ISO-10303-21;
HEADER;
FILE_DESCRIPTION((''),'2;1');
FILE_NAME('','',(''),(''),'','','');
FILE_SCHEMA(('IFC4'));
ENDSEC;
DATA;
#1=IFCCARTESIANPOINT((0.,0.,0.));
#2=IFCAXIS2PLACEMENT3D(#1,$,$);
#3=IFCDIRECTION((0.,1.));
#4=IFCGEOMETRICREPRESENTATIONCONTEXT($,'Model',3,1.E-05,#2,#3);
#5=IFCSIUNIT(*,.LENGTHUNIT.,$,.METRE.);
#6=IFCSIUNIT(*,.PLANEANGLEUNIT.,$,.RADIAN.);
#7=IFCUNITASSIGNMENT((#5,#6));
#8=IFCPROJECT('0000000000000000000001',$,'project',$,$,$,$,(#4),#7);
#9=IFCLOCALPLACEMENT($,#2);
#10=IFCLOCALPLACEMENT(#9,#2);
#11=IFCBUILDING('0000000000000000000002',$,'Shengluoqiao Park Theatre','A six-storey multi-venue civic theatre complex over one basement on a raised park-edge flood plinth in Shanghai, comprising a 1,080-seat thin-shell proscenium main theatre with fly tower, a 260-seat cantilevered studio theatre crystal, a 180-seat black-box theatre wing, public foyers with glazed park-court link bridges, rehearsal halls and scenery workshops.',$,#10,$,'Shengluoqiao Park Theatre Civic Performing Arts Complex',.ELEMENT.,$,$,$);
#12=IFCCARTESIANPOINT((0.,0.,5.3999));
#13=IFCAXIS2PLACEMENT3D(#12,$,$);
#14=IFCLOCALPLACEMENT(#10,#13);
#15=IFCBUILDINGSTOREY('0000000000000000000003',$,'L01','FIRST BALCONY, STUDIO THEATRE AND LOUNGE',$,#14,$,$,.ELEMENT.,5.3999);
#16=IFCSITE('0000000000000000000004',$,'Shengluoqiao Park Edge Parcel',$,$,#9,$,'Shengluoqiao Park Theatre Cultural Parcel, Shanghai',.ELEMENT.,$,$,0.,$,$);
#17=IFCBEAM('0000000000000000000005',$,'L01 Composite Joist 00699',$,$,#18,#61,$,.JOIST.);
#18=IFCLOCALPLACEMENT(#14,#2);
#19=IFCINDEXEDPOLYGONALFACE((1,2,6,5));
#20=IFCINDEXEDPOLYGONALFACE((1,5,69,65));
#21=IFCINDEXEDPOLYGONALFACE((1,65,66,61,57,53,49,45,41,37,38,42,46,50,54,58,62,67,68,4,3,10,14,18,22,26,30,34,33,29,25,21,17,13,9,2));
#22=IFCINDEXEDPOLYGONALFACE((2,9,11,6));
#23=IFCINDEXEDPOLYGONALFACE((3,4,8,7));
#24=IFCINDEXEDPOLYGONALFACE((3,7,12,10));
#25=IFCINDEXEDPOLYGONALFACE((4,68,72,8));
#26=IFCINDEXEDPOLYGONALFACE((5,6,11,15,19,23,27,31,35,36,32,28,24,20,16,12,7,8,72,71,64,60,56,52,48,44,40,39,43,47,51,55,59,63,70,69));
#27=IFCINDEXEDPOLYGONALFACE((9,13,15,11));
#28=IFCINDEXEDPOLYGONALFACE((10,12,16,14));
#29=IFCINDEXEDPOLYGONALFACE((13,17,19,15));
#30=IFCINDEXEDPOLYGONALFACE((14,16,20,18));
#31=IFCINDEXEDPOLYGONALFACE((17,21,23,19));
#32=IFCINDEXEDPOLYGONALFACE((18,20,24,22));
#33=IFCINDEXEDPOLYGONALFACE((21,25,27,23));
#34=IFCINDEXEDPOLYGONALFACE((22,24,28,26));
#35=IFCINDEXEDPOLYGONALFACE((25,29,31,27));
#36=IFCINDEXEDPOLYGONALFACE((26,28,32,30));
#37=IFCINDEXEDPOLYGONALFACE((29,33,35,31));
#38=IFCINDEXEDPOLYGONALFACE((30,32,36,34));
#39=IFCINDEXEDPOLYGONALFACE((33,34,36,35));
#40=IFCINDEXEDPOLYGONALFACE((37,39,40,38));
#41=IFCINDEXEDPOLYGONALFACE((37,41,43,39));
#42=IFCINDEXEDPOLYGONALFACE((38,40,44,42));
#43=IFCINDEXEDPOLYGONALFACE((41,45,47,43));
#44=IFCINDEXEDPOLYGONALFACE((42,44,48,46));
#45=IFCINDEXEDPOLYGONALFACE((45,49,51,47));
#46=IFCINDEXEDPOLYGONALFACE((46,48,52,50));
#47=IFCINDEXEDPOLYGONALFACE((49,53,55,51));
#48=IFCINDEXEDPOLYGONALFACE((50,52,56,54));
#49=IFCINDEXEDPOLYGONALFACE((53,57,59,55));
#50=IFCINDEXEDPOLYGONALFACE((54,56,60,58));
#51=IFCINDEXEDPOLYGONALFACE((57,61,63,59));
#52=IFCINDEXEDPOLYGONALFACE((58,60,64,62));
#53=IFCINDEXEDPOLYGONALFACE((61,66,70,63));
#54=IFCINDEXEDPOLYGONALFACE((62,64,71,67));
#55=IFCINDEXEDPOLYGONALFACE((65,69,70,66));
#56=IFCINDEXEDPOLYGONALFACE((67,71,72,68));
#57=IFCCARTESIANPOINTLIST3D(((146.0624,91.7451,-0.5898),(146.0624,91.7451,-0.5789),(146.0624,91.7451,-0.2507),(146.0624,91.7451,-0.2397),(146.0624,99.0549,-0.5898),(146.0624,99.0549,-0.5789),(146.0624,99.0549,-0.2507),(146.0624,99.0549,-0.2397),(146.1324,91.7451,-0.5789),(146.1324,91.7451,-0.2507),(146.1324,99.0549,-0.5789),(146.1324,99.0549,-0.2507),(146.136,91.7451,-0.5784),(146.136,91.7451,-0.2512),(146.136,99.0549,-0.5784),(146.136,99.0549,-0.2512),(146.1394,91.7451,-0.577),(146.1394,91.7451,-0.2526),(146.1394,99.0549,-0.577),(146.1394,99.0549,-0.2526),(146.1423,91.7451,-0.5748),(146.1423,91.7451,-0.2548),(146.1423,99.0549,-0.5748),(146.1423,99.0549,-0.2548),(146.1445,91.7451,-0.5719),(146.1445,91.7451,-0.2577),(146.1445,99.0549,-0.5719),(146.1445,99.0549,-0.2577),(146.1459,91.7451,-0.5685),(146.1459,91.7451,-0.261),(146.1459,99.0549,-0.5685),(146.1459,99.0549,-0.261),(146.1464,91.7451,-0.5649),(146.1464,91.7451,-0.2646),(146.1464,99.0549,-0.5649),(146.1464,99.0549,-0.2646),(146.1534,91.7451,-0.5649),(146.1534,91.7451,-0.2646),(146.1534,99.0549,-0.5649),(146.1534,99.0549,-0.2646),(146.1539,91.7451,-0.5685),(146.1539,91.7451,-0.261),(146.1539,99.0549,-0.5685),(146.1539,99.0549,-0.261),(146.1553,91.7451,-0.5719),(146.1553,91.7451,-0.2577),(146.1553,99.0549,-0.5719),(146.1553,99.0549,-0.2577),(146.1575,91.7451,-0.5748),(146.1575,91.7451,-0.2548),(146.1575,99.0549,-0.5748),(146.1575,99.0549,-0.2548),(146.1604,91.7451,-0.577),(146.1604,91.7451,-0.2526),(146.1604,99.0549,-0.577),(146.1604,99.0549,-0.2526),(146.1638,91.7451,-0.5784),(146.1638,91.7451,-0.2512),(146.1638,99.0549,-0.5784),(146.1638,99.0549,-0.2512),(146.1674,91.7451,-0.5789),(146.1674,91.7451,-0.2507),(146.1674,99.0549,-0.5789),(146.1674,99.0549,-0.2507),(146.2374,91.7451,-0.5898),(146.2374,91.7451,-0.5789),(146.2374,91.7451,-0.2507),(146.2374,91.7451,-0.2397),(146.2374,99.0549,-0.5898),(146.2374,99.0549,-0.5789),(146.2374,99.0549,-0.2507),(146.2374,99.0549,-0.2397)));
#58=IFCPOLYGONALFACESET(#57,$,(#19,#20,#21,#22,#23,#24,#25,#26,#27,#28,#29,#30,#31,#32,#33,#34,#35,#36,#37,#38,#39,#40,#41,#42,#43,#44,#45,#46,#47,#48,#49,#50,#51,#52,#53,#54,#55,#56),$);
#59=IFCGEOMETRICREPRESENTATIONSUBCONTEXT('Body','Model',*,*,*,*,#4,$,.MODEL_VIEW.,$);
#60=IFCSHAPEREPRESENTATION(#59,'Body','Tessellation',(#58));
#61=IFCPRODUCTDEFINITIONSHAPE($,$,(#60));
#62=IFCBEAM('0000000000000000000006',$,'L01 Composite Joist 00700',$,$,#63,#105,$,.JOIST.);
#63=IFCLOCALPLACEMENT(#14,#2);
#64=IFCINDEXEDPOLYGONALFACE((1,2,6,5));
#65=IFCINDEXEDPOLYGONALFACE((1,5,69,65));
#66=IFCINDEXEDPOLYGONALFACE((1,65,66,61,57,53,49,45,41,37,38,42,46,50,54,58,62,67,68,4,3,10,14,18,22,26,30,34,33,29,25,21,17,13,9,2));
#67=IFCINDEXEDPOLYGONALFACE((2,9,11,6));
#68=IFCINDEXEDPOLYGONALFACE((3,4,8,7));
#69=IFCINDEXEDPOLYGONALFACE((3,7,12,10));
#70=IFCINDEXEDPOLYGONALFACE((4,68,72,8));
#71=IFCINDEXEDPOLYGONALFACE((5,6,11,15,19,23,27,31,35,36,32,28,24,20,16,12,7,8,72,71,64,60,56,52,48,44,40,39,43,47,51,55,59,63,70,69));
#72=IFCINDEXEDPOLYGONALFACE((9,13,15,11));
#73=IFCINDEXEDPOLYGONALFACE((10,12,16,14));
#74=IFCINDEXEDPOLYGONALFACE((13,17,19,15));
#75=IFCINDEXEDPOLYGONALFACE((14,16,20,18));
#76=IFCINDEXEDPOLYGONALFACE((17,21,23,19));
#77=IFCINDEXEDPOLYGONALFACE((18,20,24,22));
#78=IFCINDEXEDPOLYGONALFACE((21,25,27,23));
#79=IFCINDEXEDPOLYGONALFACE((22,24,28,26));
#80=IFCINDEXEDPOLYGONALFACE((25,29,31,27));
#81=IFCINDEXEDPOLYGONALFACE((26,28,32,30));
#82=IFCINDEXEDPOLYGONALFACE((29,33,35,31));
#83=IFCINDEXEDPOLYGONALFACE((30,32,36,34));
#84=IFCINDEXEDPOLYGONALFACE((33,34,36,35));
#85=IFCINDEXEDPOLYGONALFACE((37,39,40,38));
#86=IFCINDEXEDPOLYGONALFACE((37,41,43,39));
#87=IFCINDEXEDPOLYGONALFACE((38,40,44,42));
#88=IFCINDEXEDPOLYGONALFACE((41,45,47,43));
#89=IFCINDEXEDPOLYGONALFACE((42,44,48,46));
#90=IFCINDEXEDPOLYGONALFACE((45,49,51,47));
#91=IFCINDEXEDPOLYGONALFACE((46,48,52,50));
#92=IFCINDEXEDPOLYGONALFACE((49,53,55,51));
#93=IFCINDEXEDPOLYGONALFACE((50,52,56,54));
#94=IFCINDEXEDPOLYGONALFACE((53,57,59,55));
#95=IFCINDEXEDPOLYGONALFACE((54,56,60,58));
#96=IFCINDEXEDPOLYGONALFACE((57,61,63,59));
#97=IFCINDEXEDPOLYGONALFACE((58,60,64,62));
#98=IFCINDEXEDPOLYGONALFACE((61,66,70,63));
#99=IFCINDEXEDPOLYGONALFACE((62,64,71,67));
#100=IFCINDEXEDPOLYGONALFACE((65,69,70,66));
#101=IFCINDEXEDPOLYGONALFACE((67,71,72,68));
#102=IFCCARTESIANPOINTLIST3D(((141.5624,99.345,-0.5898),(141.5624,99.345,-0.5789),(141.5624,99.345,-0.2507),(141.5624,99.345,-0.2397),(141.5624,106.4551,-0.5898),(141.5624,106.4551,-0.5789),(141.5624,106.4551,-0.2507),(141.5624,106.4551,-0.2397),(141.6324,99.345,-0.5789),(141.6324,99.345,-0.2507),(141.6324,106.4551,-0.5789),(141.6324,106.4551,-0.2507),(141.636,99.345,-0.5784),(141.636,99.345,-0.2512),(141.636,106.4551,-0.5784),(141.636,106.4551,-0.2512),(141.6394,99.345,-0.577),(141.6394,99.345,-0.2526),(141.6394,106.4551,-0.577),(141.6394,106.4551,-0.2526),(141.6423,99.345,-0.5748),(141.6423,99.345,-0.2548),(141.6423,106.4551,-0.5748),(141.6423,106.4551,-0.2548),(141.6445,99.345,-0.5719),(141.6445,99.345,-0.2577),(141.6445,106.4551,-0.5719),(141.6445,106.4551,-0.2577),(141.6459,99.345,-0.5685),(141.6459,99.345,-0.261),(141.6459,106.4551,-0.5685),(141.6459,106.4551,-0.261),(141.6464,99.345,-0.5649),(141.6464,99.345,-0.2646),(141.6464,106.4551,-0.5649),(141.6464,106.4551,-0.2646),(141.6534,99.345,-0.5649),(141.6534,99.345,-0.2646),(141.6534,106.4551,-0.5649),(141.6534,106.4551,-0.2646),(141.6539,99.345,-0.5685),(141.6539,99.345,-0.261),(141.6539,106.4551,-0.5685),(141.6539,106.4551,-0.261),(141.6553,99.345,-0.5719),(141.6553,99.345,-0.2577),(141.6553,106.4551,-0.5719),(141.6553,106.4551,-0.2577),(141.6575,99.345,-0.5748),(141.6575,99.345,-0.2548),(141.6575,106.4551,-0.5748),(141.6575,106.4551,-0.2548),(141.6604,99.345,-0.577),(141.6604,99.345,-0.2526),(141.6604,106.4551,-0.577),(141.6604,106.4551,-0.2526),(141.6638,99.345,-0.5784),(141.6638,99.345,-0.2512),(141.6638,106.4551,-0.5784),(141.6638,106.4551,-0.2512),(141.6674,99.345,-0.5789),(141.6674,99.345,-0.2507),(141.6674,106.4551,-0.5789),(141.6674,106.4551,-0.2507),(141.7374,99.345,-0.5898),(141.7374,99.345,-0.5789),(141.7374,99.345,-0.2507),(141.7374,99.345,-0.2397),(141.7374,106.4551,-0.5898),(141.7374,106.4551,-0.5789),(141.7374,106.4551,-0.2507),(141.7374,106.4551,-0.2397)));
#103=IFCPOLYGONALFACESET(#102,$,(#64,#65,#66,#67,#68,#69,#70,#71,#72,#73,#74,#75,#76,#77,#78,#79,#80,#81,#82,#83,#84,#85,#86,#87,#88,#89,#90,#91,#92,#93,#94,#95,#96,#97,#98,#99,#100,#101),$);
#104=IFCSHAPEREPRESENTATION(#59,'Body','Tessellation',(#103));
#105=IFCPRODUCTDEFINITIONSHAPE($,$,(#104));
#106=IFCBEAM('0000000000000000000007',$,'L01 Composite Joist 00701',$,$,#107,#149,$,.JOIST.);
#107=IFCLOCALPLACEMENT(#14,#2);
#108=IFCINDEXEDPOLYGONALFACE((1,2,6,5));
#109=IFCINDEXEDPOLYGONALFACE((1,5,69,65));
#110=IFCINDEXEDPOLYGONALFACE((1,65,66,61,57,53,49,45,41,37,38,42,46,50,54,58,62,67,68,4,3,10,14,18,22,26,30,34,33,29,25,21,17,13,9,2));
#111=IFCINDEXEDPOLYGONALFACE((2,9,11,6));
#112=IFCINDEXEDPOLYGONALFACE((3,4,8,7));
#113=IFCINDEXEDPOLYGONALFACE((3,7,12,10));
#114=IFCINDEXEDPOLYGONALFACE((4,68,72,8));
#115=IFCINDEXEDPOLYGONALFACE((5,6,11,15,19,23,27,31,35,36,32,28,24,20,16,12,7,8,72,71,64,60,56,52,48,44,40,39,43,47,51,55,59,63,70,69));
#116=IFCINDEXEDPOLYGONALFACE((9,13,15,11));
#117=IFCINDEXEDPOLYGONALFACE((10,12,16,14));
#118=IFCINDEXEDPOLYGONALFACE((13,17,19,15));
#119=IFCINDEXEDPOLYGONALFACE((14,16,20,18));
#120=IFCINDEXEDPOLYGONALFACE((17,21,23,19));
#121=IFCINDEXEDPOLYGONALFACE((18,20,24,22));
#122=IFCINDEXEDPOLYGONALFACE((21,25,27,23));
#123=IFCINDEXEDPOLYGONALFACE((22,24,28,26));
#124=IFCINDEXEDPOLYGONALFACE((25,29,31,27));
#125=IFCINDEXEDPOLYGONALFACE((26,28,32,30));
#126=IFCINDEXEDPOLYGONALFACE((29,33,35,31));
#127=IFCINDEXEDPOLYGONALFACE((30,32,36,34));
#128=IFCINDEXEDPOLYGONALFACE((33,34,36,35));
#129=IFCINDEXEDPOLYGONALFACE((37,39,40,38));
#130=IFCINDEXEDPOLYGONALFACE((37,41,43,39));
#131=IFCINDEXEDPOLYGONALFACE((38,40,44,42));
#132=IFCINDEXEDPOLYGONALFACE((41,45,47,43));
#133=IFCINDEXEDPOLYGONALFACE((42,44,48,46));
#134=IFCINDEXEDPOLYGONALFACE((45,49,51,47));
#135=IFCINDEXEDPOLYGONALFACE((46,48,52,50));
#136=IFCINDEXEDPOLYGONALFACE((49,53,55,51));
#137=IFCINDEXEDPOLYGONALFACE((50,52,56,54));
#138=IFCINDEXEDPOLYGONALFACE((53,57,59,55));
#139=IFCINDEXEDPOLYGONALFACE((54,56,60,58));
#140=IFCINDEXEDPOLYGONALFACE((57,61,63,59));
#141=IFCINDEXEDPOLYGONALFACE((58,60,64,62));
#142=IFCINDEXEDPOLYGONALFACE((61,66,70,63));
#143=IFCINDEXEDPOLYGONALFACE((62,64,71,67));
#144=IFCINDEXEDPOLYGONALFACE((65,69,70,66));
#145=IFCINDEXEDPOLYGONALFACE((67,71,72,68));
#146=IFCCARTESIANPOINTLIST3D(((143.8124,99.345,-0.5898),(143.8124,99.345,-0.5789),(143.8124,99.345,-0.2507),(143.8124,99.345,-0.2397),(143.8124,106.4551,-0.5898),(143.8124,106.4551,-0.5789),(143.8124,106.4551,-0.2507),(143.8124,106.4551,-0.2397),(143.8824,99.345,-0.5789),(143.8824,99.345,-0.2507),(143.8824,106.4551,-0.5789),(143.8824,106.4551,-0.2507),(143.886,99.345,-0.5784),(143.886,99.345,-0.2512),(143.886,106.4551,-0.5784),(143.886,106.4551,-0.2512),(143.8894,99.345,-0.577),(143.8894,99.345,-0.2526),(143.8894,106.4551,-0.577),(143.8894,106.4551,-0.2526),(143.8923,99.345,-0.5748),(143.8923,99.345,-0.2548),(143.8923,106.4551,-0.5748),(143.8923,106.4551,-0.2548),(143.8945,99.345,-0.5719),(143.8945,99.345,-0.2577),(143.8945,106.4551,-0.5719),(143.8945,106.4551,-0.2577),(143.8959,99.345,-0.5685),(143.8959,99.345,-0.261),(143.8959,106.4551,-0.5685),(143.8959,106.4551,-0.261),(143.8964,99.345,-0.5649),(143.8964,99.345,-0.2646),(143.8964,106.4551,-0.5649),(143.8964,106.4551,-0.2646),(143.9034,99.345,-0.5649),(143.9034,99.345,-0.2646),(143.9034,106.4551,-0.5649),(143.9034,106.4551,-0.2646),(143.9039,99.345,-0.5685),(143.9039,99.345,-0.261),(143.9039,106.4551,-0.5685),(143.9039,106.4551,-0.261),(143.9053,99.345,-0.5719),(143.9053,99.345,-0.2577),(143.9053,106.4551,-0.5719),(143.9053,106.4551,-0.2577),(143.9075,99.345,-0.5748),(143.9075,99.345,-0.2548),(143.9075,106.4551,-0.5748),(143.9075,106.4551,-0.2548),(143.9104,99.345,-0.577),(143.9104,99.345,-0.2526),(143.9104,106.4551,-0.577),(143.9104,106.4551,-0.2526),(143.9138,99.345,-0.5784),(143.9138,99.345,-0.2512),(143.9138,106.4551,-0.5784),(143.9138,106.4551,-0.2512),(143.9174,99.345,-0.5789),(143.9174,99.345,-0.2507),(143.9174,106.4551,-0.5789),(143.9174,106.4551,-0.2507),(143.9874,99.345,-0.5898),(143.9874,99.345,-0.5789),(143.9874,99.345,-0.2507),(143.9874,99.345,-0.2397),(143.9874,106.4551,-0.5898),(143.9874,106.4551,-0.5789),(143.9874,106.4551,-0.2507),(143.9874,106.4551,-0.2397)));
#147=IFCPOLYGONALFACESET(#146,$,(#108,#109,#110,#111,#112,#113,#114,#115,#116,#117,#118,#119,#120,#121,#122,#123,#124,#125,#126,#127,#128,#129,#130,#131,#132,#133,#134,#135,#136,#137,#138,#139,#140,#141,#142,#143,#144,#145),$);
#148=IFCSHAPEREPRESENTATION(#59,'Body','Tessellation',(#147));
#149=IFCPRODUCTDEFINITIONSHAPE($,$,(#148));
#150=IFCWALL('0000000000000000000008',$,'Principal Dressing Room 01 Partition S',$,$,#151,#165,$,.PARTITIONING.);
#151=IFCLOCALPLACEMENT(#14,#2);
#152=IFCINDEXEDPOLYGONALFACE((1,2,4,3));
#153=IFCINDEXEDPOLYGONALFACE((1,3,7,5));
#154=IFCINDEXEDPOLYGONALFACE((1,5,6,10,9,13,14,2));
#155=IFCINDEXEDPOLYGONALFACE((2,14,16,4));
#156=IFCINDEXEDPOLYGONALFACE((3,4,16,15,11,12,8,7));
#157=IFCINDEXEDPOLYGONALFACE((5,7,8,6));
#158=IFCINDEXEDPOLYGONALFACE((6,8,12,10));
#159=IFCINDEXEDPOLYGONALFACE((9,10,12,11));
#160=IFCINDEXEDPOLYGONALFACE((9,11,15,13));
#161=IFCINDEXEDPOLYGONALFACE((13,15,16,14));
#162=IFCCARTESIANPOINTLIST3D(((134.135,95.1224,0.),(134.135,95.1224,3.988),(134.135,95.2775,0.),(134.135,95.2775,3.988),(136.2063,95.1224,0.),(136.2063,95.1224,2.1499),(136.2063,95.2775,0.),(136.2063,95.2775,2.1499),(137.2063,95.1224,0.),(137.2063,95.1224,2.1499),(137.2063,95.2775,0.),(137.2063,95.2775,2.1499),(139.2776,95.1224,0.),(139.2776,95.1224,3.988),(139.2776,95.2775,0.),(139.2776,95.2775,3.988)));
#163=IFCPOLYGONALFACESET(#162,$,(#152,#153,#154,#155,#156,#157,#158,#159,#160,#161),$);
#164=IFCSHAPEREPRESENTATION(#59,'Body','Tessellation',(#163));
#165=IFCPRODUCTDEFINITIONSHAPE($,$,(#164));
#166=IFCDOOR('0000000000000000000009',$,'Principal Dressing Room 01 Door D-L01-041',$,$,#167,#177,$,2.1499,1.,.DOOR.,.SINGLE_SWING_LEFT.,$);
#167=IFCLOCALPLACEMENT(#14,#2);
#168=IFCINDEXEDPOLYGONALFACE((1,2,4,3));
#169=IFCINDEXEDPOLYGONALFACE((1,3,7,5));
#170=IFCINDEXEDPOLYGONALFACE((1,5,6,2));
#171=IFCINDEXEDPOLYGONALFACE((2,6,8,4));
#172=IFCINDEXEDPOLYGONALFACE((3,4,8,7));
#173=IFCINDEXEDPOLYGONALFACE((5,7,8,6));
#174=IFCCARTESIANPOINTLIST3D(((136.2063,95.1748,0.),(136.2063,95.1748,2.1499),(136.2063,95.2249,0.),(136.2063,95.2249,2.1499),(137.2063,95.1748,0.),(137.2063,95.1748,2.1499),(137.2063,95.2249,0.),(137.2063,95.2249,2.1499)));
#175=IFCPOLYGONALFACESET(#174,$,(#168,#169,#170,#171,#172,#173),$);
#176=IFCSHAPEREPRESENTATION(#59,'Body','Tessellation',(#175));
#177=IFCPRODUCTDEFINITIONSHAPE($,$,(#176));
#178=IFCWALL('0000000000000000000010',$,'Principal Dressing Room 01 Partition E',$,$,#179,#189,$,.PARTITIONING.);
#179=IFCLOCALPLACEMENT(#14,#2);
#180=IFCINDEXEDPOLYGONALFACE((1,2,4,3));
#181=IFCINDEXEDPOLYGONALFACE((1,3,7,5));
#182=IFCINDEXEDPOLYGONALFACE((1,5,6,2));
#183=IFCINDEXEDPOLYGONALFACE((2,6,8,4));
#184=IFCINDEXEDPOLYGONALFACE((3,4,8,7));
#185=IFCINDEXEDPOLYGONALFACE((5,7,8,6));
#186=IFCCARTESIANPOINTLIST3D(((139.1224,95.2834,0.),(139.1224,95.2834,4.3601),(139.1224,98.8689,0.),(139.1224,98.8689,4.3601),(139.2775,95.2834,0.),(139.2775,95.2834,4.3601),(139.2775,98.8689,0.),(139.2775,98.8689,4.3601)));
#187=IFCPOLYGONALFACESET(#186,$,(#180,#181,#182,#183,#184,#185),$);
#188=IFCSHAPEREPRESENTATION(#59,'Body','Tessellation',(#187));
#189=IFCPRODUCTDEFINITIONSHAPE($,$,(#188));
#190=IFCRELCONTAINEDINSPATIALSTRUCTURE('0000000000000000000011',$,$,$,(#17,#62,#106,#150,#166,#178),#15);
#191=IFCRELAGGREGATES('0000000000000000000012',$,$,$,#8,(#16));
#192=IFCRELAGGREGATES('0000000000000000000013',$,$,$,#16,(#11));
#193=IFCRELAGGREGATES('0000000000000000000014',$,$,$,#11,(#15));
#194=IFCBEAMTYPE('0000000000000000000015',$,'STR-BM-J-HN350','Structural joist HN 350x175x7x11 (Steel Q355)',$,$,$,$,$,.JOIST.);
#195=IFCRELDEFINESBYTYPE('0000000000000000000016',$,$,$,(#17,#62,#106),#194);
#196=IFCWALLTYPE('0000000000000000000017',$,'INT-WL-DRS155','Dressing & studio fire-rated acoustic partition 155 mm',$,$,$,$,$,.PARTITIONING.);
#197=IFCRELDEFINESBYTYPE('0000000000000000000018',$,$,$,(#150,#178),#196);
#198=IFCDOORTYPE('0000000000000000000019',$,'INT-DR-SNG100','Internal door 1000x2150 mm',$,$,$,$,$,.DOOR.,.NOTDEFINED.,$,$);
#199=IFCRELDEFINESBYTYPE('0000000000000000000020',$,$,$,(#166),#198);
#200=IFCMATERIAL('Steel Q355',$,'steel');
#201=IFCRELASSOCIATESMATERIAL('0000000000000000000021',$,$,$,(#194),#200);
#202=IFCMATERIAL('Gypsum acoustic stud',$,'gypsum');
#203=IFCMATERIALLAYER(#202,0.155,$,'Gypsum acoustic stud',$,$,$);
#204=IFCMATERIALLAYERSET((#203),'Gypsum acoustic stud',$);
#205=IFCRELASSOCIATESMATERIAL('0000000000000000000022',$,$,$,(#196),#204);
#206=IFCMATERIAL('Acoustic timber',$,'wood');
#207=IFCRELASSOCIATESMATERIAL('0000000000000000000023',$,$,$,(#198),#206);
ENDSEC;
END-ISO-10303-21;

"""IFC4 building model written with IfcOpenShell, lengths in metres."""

from ifc_helpers import new_model, si_unit, direction, frame, frame_2d, origin, origin_2d, place, context, subcontext, project, spatial, rectangle, i_section, extrude, material, layer, layer_set, material_profile, profile_set, type_object, element, fill, save


model = new_model("IFC4")

# Units and contexts
model_context = context("Model", 3, precision=1e-05, world=origin(), true_north=direction((0.0, 1.0)))
body_context = subcontext(model_context, "Body", "Model", "MODEL_VIEW")
ifc_project = project(units=[si_unit("LENGTHUNIT", "METRE"), si_unit("PLANEANGLEUNIT", "RADIAN")], contexts=[model_context])

# Site, building, storey
site_placement = place(None, origin())
site = spatial("IfcSite", under=ifc_project, at=site_placement, Name="Shengluoqiao Park Edge Parcel", LongName="Shengluoqiao Park Theatre Cultural Parcel, Shanghai", CompositionType="ELEMENT", RefElevation=0.0)
building_placement = place(site_placement, origin())
building = spatial("IfcBuilding", under=site, at=building_placement, Name="Shengluoqiao Park Theatre", Description="A six-storey multi-venue civic theatre complex over one basement on a raised park-edge flood plinth in Shanghai, comprising a 1,080-seat thin-shell proscenium main theatre with fly tower, a 260-seat cantilevered studio theatre crystal, a 180-seat black-box theatre wing, public foyers with glazed park-court link bridges, rehearsal halls and scenery workshops.", LongName="Shengluoqiao Park Theatre Civic Performing Arts Complex", CompositionType="ELEMENT")
storey_placement = place(building_placement, frame((0.0, 0.0, 5.3999)))
storey = spatial("IfcBuildingStorey", under=building, at=storey_placement, Name="L01", Description="FIRST BALCONY, STUDIO THEATRE AND LOUNGE", CompositionType="ELEMENT", Elevation=5.3999)

# Beams
ifc_material_1 = material(Name="Steel Q355", Category="steel")
ifc_material_profile_1 = material_profile(ifc_material_1, i_section(OverallWidth=0.175, OverallDepth=0.3501, WebThickness=0.0071, FlangeThickness=0.011, FilletRadius=0.0139, at=origin_2d()), Name="HN 350x175x7x11")
ifc_profile_set_1 = profile_set([ifc_material_profile_1], Name="Steel Q355")
beam_type_1 = type_object("IfcBeamType", Name="STR-BM-J-HN350", Description="Structural joist HN 350x175x7x11 (Steel Q355)", PredefinedType="JOIST", material=ifc_profile_set_1)
for number, where, z_axis, x_axis, name in (
    (1, (146.1499, 91.7451, -0.4148), (0.0, 1.0, 0.0), (-1.0, 0.0, 0.0), "L01 Composite Joist 00699"),
):
    element("IfcBeam", number, at=place(storey_placement, frame(where, z_axis=z_axis, x_axis=x_axis)), inside=storey, type_object=beam_type_1, Name=name, PredefinedType="JOIST", context=body_context, shape_type="SweptSolid", body=[
        extrude(i_section(OverallWidth=0.175, OverallDepth=0.3501, WebThickness=0.0071, FlangeThickness=0.011, FilletRadius=0.0139, at=origin_2d()), origin(), (0.0, 0.0, 1.0), 7.3098),
    ])
for number, where, z_axis, x_axis, name in (
    (2, (141.6499, 99.345, -0.4148), (0.0, 1.0, 0.0), (-1.0, 0.0, 0.0), "L01 Composite Joist 00700"),
    (3, (143.8999, 99.345, -0.4148), (0.0, 1.0, 0.0), (-1.0, 0.0, 0.0), "L01 Composite Joist 00701"),
):
    element("IfcBeam", number, at=place(storey_placement, frame(where, z_axis=z_axis, x_axis=x_axis)), inside=storey, type_object=beam_type_1, Name=name, PredefinedType="JOIST", context=body_context, shape_type="SweptSolid", body=[
        extrude(i_section(OverallWidth=0.175, OverallDepth=0.3501, WebThickness=0.0071, FlangeThickness=0.011, FilletRadius=0.0139, at=origin_2d()), origin(), (0.0, 0.0, 1.0), 7.1101),
    ])

# Wall, opening, door
ifc_material_2 = material(Name="Gypsum acoustic stud", Category="gypsum")
ifc_layer_1 = layer(ifc_material_2, 0.155, Name="Gypsum acoustic stud")
ifc_layer_set_1 = layer_set([ifc_layer_1], Name="Gypsum acoustic stud")
wall_type_1 = type_object("IfcWallType", Name="INT-WL-DRS155", Description="Dressing & studio fire-rated acoustic partition 155 mm", PredefinedType="PARTITIONING", material=ifc_layer_set_1)
wall_1_placement = place(storey_placement, frame((134.135, 95.2, 0.0), z_axis=(0.0, 0.0, 1.0), x_axis=(1.0, 0.0, 0.0)))
wall_1 = element("IfcWall", 4, at=wall_1_placement, inside=storey, type_object=wall_type_1, Name="Principal Dressing Room 01 Partition S", PredefinedType="PARTITIONING", context=body_context, shape_type="SweptSolid", body=[
    extrude(rectangle(XDim=5.1426, YDim=0.155, at=frame_2d((2.5713, 0.0))), origin(), (0.0, 0.0, 1.0), 3.988),
])
opening_1_placement = place(wall_1_placement, frame((2.0713, 0.0, 0.0)))
opening_1 = element("IfcOpeningElement", 5, at=opening_1_placement, cuts=wall_1, PredefinedType="OPENING", context=body_context, shape_type="SweptSolid", body=[
    extrude(rectangle(XDim=1.0, YDim=2.1499, at=frame_2d((0.5, 1.075))), frame((0.0, 0.0874, 0.0), z_axis=(0.0, -1.0, 0.0), x_axis=(1.0, 0.0, 0.0)), (0.0, 0.0, 1.0), 0.175),
])
ifc_material_3 = material(Name="Acoustic timber", Category="wood")
door_type_1 = type_object("IfcDoorType", Name="INT-DR-SNG100", Description="Internal door 1000x2150 mm", OperationType="NOTDEFINED", PredefinedType="DOOR", material=ifc_material_3)
door_1_placement = place(opening_1_placement, origin())
door_1 = element("IfcDoor", 6, at=door_1_placement, inside=storey, type_object=door_type_1, Name="Principal Dressing Room 01 Door D-L01-041", OperationType="SINGLE_SWING_LEFT", OverallHeight=2.1499, OverallWidth=1.0, PredefinedType="DOOR", context=body_context, shape_type="SweptSolid", body=[
    extrude(rectangle(XDim=1.0, YDim=2.1499, at=frame_2d((0.5, 1.075))), frame((0.0, 0.0249, 0.0), z_axis=(0.0, -1.0, 0.0), x_axis=(1.0, 0.0, 0.0)), (0.0, 0.0, 1.0), 0.05),
])
fill(opening_1, door_1)

# Wall
wall_2_placement = place(storey_placement, frame((139.2, 95.2834, 0.0), z_axis=(0.0, 0.0, 1.0), x_axis=(0.0, 1.0, 0.0)))
element("IfcWall", 7, at=wall_2_placement, inside=storey, type_object=wall_type_1, Name="Principal Dressing Room 01 Partition E", PredefinedType="PARTITIONING", context=body_context, shape_type="SweptSolid", body=[
    extrude(rectangle(XDim=3.5854, YDim=0.155, at=frame_2d((1.7927, 0.0))), origin(), (0.0, 0.0, 1.0), 4.3601),
])

save(model, "model.ifc")
